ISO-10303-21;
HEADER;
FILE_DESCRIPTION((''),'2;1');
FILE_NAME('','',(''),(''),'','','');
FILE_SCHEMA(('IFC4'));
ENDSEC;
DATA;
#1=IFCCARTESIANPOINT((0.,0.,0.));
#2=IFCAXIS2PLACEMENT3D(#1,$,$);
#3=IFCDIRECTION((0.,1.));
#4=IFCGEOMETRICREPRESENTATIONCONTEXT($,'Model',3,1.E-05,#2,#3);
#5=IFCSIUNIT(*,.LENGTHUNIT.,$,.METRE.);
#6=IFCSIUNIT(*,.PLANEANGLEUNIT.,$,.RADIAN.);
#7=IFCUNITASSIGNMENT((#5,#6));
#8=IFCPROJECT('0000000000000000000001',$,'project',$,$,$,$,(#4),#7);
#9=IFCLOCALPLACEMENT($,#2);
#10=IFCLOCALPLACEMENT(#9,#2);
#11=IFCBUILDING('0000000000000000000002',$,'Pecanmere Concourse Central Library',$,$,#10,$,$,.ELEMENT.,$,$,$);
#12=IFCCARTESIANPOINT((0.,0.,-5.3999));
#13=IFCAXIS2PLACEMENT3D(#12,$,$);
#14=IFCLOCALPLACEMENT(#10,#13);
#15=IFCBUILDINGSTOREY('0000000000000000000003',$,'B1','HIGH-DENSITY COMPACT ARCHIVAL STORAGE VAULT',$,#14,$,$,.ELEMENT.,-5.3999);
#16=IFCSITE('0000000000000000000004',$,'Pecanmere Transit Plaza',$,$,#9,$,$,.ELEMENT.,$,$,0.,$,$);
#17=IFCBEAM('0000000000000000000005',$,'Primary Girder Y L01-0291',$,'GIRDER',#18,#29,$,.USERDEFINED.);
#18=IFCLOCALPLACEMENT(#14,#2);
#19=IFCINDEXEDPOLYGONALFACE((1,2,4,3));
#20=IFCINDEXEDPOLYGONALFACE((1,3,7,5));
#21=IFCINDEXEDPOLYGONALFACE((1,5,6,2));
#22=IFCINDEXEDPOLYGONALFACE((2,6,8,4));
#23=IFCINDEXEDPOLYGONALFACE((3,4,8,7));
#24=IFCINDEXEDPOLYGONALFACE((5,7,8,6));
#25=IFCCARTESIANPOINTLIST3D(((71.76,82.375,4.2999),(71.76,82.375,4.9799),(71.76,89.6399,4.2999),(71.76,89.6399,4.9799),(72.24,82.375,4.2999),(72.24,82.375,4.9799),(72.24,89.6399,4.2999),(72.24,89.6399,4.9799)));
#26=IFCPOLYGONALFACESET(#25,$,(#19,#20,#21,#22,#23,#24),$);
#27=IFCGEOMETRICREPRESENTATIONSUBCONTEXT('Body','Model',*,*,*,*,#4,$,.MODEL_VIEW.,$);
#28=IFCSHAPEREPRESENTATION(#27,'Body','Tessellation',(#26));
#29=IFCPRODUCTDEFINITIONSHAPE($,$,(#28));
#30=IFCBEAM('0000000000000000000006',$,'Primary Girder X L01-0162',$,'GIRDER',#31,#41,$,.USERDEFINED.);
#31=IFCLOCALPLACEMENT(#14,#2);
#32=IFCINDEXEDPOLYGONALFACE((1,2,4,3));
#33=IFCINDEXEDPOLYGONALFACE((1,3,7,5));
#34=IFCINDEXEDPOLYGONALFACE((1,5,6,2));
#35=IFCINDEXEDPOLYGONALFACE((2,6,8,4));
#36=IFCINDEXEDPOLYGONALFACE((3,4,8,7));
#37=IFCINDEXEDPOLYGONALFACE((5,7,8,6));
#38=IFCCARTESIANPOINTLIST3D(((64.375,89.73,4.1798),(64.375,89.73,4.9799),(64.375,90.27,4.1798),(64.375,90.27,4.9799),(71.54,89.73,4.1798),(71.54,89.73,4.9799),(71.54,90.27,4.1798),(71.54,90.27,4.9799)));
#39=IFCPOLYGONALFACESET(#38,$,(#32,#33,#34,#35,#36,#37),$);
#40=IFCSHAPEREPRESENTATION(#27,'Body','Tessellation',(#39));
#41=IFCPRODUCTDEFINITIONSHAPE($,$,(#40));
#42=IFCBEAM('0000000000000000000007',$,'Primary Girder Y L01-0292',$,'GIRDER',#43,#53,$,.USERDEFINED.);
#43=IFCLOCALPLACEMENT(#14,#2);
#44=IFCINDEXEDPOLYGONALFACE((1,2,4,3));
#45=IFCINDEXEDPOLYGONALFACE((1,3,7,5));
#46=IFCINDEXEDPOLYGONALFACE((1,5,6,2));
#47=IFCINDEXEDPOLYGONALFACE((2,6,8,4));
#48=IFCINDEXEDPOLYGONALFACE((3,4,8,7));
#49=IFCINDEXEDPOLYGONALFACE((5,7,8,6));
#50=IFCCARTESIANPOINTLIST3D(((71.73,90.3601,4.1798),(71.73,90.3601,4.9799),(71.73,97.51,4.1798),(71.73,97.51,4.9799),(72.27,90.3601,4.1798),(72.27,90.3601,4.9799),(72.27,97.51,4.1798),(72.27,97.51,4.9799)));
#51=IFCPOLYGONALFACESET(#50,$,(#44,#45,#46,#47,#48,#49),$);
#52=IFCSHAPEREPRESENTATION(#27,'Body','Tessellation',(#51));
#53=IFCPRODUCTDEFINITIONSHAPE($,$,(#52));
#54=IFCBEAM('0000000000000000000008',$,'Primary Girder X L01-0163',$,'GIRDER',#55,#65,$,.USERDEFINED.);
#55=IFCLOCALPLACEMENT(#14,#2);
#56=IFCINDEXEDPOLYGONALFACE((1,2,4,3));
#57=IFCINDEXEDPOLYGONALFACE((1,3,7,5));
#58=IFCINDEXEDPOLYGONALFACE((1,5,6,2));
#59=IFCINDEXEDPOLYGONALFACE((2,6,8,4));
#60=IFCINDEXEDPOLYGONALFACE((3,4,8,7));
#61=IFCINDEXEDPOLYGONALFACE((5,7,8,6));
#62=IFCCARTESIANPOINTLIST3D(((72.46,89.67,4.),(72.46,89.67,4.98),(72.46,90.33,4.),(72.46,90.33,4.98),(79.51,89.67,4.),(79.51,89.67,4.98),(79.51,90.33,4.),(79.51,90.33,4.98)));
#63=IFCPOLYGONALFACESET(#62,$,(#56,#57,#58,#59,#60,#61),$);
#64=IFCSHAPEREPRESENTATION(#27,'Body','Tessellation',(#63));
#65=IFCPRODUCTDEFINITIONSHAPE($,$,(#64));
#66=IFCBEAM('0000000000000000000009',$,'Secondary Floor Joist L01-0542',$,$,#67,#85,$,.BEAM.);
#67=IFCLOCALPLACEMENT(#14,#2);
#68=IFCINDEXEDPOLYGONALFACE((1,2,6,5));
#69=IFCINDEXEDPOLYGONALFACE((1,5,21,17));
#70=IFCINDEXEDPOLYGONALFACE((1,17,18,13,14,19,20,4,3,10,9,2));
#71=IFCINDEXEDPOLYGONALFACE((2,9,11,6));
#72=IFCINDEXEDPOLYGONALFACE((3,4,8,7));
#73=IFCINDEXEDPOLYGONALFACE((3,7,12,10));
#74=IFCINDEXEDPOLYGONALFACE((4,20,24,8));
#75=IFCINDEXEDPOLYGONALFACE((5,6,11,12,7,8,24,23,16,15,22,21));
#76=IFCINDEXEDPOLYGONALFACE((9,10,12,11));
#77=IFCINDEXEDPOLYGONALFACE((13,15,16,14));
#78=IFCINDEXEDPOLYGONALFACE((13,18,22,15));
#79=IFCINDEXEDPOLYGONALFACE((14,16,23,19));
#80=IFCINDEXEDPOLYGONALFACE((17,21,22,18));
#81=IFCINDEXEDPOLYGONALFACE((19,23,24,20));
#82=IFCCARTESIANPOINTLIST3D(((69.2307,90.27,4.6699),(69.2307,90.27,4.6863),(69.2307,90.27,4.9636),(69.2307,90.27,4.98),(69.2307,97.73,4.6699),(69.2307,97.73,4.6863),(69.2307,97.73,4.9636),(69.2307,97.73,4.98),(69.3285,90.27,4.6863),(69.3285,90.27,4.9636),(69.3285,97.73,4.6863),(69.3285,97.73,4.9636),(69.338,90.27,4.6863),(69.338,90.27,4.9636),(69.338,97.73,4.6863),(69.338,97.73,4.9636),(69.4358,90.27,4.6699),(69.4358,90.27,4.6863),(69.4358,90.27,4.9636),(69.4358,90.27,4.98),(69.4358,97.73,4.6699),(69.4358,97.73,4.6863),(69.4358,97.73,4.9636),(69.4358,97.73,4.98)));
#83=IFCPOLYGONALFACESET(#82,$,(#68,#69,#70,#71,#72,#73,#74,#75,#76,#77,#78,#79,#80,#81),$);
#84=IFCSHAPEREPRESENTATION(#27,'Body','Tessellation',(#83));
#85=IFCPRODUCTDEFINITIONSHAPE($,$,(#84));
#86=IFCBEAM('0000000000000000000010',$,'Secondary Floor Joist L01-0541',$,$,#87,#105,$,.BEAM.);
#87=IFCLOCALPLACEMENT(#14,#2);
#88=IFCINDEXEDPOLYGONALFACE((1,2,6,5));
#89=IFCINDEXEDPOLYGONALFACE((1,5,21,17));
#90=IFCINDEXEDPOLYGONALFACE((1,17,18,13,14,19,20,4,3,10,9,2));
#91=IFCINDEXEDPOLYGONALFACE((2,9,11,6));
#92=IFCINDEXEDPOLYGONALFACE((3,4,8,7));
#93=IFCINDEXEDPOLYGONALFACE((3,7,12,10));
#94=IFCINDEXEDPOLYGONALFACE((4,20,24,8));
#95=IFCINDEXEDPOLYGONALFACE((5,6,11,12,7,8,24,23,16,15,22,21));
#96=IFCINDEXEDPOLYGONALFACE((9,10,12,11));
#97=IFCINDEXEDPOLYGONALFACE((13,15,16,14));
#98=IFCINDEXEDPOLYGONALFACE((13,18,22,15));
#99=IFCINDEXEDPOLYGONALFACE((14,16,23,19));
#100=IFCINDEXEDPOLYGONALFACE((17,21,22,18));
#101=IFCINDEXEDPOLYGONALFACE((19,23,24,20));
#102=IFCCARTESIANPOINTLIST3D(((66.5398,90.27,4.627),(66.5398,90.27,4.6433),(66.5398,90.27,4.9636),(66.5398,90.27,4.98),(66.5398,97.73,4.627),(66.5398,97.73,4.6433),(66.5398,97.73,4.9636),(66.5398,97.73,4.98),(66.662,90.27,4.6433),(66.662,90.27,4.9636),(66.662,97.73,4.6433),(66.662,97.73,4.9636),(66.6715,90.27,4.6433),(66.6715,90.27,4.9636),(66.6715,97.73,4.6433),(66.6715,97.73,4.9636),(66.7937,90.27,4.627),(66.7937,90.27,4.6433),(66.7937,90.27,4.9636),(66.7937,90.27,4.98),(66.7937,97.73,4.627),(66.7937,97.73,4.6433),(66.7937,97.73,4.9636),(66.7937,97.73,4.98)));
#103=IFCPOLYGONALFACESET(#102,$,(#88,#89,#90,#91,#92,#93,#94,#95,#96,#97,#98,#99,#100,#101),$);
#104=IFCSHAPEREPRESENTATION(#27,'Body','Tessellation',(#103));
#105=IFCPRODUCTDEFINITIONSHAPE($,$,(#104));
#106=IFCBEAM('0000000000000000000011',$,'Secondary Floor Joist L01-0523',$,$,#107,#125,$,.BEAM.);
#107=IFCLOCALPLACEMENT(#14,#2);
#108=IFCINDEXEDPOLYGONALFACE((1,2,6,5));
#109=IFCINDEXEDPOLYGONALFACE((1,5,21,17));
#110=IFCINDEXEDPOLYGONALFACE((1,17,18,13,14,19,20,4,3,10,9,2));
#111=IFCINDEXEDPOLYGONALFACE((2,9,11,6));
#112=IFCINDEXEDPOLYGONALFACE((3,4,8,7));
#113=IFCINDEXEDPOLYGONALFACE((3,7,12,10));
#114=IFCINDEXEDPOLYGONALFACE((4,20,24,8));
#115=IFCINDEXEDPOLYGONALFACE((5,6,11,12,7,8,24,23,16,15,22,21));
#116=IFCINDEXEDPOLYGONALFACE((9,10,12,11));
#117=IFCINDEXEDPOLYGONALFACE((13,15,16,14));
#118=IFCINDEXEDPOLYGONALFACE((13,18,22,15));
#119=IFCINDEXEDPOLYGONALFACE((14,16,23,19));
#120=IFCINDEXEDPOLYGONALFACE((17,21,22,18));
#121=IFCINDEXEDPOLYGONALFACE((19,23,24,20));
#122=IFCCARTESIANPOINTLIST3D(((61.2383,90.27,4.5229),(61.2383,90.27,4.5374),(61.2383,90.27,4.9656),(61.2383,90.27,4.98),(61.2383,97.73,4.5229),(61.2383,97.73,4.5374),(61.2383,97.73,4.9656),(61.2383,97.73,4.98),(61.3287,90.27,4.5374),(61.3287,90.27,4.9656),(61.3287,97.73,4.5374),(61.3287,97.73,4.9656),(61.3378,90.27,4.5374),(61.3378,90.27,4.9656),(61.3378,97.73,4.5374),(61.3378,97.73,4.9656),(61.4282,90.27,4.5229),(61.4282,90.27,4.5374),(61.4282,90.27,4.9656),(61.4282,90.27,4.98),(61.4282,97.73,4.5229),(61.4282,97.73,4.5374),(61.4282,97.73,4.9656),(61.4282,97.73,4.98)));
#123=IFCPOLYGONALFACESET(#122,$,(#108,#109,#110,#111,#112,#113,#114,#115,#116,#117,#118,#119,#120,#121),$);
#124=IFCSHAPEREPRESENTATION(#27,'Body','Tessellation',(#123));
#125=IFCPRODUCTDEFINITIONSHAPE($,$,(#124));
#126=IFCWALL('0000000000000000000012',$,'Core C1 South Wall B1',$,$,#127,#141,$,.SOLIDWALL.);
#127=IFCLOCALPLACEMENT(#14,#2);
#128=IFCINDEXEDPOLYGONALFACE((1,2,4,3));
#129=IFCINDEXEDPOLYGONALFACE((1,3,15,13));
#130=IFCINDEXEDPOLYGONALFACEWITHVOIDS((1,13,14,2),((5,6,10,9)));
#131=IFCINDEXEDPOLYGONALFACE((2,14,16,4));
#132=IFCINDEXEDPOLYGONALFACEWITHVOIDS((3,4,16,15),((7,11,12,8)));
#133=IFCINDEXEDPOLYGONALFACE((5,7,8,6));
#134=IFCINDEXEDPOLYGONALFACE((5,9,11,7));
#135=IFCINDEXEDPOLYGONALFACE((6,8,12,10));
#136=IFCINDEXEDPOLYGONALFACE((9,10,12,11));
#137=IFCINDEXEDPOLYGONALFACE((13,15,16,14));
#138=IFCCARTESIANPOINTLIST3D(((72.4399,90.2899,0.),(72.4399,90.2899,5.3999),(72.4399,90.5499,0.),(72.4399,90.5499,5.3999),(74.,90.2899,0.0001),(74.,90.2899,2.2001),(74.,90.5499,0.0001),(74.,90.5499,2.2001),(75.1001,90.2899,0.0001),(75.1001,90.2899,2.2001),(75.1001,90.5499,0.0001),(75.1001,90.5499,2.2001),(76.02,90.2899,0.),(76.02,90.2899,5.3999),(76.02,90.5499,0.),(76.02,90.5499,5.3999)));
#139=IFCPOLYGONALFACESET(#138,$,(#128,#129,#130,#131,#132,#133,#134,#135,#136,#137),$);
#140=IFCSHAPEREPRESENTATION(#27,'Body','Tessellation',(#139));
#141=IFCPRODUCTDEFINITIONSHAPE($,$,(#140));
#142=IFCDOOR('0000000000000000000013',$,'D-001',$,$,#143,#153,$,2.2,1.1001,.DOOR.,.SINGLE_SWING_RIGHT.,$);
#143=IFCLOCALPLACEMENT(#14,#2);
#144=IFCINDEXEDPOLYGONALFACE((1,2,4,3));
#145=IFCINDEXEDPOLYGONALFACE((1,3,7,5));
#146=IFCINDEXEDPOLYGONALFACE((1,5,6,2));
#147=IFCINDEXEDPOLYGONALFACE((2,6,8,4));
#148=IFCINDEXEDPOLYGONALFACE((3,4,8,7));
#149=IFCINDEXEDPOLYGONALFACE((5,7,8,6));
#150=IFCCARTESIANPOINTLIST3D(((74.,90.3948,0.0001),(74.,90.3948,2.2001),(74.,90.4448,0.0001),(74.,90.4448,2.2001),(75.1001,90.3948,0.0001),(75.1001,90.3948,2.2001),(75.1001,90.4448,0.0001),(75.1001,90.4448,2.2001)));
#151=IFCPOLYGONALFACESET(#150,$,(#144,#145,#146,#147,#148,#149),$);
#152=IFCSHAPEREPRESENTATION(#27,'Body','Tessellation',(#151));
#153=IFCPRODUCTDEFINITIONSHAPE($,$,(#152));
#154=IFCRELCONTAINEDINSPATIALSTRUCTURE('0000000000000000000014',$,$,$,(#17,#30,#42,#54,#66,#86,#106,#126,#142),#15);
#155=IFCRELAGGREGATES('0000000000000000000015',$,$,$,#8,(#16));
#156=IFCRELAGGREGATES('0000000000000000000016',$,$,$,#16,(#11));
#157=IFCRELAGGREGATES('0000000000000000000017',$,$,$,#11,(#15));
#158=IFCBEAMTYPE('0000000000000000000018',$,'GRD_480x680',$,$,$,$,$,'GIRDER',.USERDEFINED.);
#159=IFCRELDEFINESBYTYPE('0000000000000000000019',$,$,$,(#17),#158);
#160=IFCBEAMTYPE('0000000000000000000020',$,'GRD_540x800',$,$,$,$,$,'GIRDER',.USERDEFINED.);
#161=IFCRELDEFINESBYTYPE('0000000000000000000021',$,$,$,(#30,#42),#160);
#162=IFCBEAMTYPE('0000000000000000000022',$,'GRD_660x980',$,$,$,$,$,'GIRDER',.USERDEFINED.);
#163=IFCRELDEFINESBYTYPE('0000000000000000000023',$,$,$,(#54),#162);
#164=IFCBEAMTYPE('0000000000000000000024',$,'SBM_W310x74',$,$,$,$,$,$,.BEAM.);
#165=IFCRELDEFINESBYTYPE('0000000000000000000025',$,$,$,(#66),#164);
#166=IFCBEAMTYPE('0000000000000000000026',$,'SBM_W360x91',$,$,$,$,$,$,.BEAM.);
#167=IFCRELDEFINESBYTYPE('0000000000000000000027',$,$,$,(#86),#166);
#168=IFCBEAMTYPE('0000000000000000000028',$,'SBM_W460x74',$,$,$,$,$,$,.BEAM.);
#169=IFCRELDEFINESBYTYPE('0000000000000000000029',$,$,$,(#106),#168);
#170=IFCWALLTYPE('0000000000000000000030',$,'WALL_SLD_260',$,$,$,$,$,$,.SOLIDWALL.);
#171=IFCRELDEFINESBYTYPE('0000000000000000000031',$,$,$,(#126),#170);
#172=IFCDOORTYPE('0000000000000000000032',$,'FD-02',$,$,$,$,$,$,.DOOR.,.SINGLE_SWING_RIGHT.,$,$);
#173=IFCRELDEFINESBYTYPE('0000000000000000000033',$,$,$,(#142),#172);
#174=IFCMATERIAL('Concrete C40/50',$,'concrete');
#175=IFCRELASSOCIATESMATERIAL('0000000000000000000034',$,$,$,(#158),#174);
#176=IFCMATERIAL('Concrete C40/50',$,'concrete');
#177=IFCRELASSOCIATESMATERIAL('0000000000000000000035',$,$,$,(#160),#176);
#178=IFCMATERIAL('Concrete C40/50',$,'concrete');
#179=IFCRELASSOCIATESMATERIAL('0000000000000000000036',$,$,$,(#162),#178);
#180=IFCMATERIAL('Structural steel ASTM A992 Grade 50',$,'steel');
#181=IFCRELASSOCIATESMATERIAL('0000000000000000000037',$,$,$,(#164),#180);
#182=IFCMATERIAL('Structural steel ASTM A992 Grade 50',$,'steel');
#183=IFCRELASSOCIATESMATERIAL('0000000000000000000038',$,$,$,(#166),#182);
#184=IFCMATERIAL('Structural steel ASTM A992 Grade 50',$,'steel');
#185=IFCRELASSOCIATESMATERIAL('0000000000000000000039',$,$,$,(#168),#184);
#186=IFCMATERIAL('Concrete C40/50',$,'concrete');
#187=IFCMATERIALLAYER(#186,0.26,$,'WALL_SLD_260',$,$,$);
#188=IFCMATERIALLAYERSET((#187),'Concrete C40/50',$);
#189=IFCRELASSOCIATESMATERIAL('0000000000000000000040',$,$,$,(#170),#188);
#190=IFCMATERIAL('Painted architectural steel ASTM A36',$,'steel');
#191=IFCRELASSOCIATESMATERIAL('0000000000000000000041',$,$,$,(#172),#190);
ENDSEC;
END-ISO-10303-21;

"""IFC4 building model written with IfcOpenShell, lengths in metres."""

from ifc_helpers import new_model, si_unit, direction, frame, frame_2d, origin, origin_2d, place, context, subcontext, project, spatial, rectangle, i_section, extrude, material, layer, layer_set, material_profile, profile_set, type_object, element, fill, save


model = new_model("IFC4")

# Units and contexts
model_context = context("Model", 3, precision=1e-05, world=origin(), true_north=direction((0.0, 1.0)))
body_context = subcontext(model_context, "Body", "Model", "MODEL_VIEW")
ifc_project = project(units=[si_unit("LENGTHUNIT", "METRE"), si_unit("PLANEANGLEUNIT", "RADIAN")], contexts=[model_context])

# Site, building, storey
site_placement = place(None, origin())
site = spatial("IfcSite", under=ifc_project, at=site_placement, Name="Pecanmere Transit Plaza", CompositionType="ELEMENT", RefElevation=0.0)
building_placement = place(site_placement, origin())
building = spatial("IfcBuilding", under=site, at=building_placement, Name="Pecanmere Concourse Central Library", CompositionType="ELEMENT")
storey_placement = place(building_placement, frame((0.0, 0.0, -5.3999)))
storey = spatial("IfcBuildingStorey", under=building, at=storey_placement, Name="B1", Description="HIGH-DENSITY COMPACT ARCHIVAL STORAGE VAULT", CompositionType="ELEMENT", Elevation=-5.3999)

# Beams
ifc_material_1 = material(Name="Concrete C40/50", Category="concrete")
ifc_material_profile_1 = material_profile(ifc_material_1, rectangle(XDim=0.48, YDim=0.6799, at=origin_2d()), Name="RC 480x680")
ifc_profile_set_1 = profile_set([ifc_material_profile_1], Name="Concrete C40/50")
beam_type_1 = type_object("IfcBeamType", Name="GRD_480x680", ElementType="GIRDER", PredefinedType="USERDEFINED", material=ifc_profile_set_1)
beam_1_placement = place(storey_placement, frame((72.0, 82.375, 4.6399), z_axis=(0.0, 1.0, 0.0), x_axis=(-1.0, 0.0, 0.0)))
element("IfcBeam", 1, at=beam_1_placement, inside=storey, type_object=beam_type_1, Name="Primary Girder Y L01-0291", ObjectType="GIRDER", PredefinedType="USERDEFINED", context=body_context, shape_type="SweptSolid", body=[
    extrude(rectangle(XDim=0.48, YDim=0.6799, at=origin_2d()), origin(), (0.0, 0.0, 1.0), 7.2649),
])
ifc_material_2 = material(Name="Concrete C40/50", Category="concrete")
ifc_material_profile_2 = material_profile(ifc_material_2, rectangle(XDim=0.54, YDim=0.8, at=origin_2d()), Name="RC 540x800")
ifc_profile_set_2 = profile_set([ifc_material_profile_2], Name="Concrete C40/50")
beam_type_2 = type_object("IfcBeamType", Name="GRD_540x800", ElementType="GIRDER", PredefinedType="USERDEFINED", material=ifc_profile_set_2)
beam_2_placement = place(storey_placement, frame((64.375, 90.0, 4.5798), z_axis=(1.0, 0.0, 0.0), x_axis=(0.0, 1.0, 0.0)))
element("IfcBeam", 2, at=beam_2_placement, inside=storey, type_object=beam_type_2, Name="Primary Girder X L01-0162", ObjectType="GIRDER", PredefinedType="USERDEFINED", context=body_context, shape_type="SweptSolid", body=[
    extrude(rectangle(XDim=0.54, YDim=0.8, at=origin_2d()), origin(), (0.0, 0.0, 1.0), 7.165),
])
beam_3_placement = place(storey_placement, frame((72.0, 90.3601, 4.5798), z_axis=(0.0, 1.0, 0.0), x_axis=(-1.0, 0.0, 0.0)))
element("IfcBeam", 3, at=beam_3_placement, inside=storey, type_object=beam_type_2, Name="Primary Girder Y L01-0292", ObjectType="GIRDER", PredefinedType="USERDEFINED", context=body_context, shape_type="SweptSolid", body=[
    extrude(rectangle(XDim=0.54, YDim=0.8, at=origin_2d()), origin(), (0.0, 0.0, 1.0), 7.1499),
])
ifc_material_3 = material(Name="Concrete C40/50", Category="concrete")
ifc_material_profile_3 = material_profile(ifc_material_3, rectangle(XDim=0.6599, YDim=0.98, at=origin_2d()), Name="RC 660x980")
ifc_profile_set_3 = profile_set([ifc_material_profile_3], Name="Concrete C40/50")
beam_type_3 = type_object("IfcBeamType", Name="GRD_660x980", ElementType="GIRDER", PredefinedType="USERDEFINED", material=ifc_profile_set_3)
beam_4_placement = place(storey_placement, frame((72.46, 90.0, 4.49), z_axis=(1.0, 0.0, 0.0), x_axis=(0.0, 1.0, 0.0)))
element("IfcBeam", 4, at=beam_4_placement, inside=storey, type_object=beam_type_3, Name="Primary Girder X L01-0163", ObjectType="GIRDER", PredefinedType="USERDEFINED", context=body_context, shape_type="SweptSolid", body=[
    extrude(rectangle(XDim=0.6599, YDim=0.98, at=origin_2d()), origin(), (0.0, 0.0, 1.0), 7.05),
])
ifc_material_4 = material(Name="Structural steel ASTM A992 Grade 50", Category="steel")
ifc_material_profile_4 = material_profile(ifc_material_4, i_section(OverallWidth=0.2051, OverallDepth=0.3101, WebThickness=0.0095, FlangeThickness=0.0164, at=origin_2d()), Name="W310x74")
ifc_profile_set_4 = profile_set([ifc_material_profile_4], Name="Structural steel ASTM A992 Grade 50")
beam_type_4 = type_object("IfcBeamType", Name="SBM_W310x74", PredefinedType="BEAM", material=ifc_profile_set_4)
beam_5_placement = place(storey_placement, frame((69.3333, 90.27, 4.825), z_axis=(0.0, 1.0, 0.0), x_axis=(-1.0, 0.0, 0.0)))
element("IfcBeam", 5, at=beam_5_placement, inside=storey, type_object=beam_type_4, Name="Secondary Floor Joist L01-0542", PredefinedType="BEAM", context=body_context, shape_type="SweptSolid", body=[
    extrude(i_section(OverallWidth=0.2051, OverallDepth=0.3101, WebThickness=0.0095, FlangeThickness=0.0164, at=origin_2d()), origin(), (0.0, 0.0, 1.0), 7.46),
])
ifc_material_5 = material(Name="Structural steel ASTM A992 Grade 50", Category="steel")
ifc_material_profile_5 = material_profile(ifc_material_5, i_section(OverallWidth=0.2539, OverallDepth=0.353, WebThickness=0.0095, FlangeThickness=0.0164, at=origin_2d()), Name="W360x91")
ifc_profile_set_5 = profile_set([ifc_material_profile_5], Name="Structural steel ASTM A992 Grade 50")
beam_type_5 = type_object("IfcBeamType", Name="SBM_W360x91", PredefinedType="BEAM", material=ifc_profile_set_5)
beam_6_placement = place(storey_placement, frame((66.6667, 90.27, 4.8035), z_axis=(0.0, 1.0, 0.0), x_axis=(-1.0, 0.0, 0.0)))
element("IfcBeam", 6, at=beam_6_placement, inside=storey, type_object=beam_type_5, Name="Secondary Floor Joist L01-0541", PredefinedType="BEAM", context=body_context, shape_type="SweptSolid", body=[
    extrude(i_section(OverallWidth=0.2539, OverallDepth=0.353, WebThickness=0.0095, FlangeThickness=0.0164, at=origin_2d()), origin(), (0.0, 0.0, 1.0), 7.46),
])
ifc_material_6 = material(Name="Structural steel ASTM A992 Grade 50", Category="steel")
ifc_material_profile_6 = material_profile(ifc_material_6, i_section(OverallWidth=0.1899, OverallDepth=0.457, WebThickness=0.009, FlangeThickness=0.0144, at=origin_2d()), Name="W460x74")
ifc_profile_set_6 = profile_set([ifc_material_profile_6], Name="Structural steel ASTM A992 Grade 50")
beam_type_6 = type_object("IfcBeamType", Name="SBM_W460x74", PredefinedType="BEAM", material=ifc_profile_set_6)
beam_7_placement = place(storey_placement, frame((61.3333, 90.27, 4.7515), z_axis=(0.0, 1.0, 0.0), x_axis=(-1.0, 0.0, 0.0)))
element("IfcBeam", 7, at=beam_7_placement, inside=storey, type_object=beam_type_6, Name="Secondary Floor Joist L01-0523", PredefinedType="BEAM", context=body_context, shape_type="SweptSolid", body=[
    extrude(i_section(OverallWidth=0.1899, OverallDepth=0.457, WebThickness=0.009, FlangeThickness=0.0144, at=origin_2d()), origin(), (0.0, 0.0, 1.0), 7.46),
])

# Wall, opening, door
ifc_material_7 = material(Name="Concrete C40/50", Category="concrete")
ifc_layer = layer(ifc_material_7, 0.26, Name="WALL_SLD_260")
ifc_layer_set = layer_set([ifc_layer], Name="Concrete C40/50")
wall_type = type_object("IfcWallType", Name="WALL_SLD_260", PredefinedType="SOLIDWALL", material=ifc_layer_set)
wall_placement = place(storey_placement, frame((72.4399, 90.4199, 0.0), z_axis=(0.0, 0.0, 1.0), x_axis=(1.0, 0.0, 0.0)))
wall = element("IfcWall", 8, at=wall_placement, inside=storey, type_object=wall_type, Name="Core C1 South Wall B1", PredefinedType="SOLIDWALL", context=body_context, shape_type="SweptSolid", body=[
    extrude(rectangle(XDim=3.5801, YDim=0.26, at=frame_2d((1.79, 0.0))), origin(), (0.0, 0.0, 1.0), 5.3999),
])
opening_placement = place(wall_placement, frame((1.5601, 0.0, 0.0)))
opening = element("IfcOpeningElement", 9, at=opening_placement, cuts=wall, PredefinedType="OPENING", context=body_context, shape_type="SweptSolid", body=[
    extrude(rectangle(XDim=1.1001, YDim=2.2, at=frame_2d((0.55, 1.1001))), frame((0.0, 0.1421, 0.0), z_axis=(0.0, -1.0, 0.0), x_axis=(1.0, 0.0, 0.0)), (0.0, 0.0, 1.0), 0.2839),
])
ifc_material_8 = material(Name="Painted architectural steel ASTM A36", Category="steel")
door_type = type_object("IfcDoorType", Name="FD-02", OperationType="SINGLE_SWING_RIGHT", PredefinedType="DOOR", material=ifc_material_8)
door_placement = place(opening_placement, origin())
door = element("IfcDoor", 10, at=door_placement, inside=storey, type_object=door_type, Name="D-001", OperationType="SINGLE_SWING_RIGHT", OverallHeight=2.2, OverallWidth=1.1001, PredefinedType="DOOR", context=body_context, shape_type="SweptSolid", body=[
    extrude(rectangle(XDim=1.1001, YDim=2.2, at=frame_2d((0.55, 1.1001))), frame((0.0, 0.0249, 0.0), z_axis=(0.0, -1.0, 0.0), x_axis=(1.0, 0.0, 0.0)), (0.0, 0.0, 1.0), 0.05),
])
fill(opening, door)

save(model, "model.ifc")
